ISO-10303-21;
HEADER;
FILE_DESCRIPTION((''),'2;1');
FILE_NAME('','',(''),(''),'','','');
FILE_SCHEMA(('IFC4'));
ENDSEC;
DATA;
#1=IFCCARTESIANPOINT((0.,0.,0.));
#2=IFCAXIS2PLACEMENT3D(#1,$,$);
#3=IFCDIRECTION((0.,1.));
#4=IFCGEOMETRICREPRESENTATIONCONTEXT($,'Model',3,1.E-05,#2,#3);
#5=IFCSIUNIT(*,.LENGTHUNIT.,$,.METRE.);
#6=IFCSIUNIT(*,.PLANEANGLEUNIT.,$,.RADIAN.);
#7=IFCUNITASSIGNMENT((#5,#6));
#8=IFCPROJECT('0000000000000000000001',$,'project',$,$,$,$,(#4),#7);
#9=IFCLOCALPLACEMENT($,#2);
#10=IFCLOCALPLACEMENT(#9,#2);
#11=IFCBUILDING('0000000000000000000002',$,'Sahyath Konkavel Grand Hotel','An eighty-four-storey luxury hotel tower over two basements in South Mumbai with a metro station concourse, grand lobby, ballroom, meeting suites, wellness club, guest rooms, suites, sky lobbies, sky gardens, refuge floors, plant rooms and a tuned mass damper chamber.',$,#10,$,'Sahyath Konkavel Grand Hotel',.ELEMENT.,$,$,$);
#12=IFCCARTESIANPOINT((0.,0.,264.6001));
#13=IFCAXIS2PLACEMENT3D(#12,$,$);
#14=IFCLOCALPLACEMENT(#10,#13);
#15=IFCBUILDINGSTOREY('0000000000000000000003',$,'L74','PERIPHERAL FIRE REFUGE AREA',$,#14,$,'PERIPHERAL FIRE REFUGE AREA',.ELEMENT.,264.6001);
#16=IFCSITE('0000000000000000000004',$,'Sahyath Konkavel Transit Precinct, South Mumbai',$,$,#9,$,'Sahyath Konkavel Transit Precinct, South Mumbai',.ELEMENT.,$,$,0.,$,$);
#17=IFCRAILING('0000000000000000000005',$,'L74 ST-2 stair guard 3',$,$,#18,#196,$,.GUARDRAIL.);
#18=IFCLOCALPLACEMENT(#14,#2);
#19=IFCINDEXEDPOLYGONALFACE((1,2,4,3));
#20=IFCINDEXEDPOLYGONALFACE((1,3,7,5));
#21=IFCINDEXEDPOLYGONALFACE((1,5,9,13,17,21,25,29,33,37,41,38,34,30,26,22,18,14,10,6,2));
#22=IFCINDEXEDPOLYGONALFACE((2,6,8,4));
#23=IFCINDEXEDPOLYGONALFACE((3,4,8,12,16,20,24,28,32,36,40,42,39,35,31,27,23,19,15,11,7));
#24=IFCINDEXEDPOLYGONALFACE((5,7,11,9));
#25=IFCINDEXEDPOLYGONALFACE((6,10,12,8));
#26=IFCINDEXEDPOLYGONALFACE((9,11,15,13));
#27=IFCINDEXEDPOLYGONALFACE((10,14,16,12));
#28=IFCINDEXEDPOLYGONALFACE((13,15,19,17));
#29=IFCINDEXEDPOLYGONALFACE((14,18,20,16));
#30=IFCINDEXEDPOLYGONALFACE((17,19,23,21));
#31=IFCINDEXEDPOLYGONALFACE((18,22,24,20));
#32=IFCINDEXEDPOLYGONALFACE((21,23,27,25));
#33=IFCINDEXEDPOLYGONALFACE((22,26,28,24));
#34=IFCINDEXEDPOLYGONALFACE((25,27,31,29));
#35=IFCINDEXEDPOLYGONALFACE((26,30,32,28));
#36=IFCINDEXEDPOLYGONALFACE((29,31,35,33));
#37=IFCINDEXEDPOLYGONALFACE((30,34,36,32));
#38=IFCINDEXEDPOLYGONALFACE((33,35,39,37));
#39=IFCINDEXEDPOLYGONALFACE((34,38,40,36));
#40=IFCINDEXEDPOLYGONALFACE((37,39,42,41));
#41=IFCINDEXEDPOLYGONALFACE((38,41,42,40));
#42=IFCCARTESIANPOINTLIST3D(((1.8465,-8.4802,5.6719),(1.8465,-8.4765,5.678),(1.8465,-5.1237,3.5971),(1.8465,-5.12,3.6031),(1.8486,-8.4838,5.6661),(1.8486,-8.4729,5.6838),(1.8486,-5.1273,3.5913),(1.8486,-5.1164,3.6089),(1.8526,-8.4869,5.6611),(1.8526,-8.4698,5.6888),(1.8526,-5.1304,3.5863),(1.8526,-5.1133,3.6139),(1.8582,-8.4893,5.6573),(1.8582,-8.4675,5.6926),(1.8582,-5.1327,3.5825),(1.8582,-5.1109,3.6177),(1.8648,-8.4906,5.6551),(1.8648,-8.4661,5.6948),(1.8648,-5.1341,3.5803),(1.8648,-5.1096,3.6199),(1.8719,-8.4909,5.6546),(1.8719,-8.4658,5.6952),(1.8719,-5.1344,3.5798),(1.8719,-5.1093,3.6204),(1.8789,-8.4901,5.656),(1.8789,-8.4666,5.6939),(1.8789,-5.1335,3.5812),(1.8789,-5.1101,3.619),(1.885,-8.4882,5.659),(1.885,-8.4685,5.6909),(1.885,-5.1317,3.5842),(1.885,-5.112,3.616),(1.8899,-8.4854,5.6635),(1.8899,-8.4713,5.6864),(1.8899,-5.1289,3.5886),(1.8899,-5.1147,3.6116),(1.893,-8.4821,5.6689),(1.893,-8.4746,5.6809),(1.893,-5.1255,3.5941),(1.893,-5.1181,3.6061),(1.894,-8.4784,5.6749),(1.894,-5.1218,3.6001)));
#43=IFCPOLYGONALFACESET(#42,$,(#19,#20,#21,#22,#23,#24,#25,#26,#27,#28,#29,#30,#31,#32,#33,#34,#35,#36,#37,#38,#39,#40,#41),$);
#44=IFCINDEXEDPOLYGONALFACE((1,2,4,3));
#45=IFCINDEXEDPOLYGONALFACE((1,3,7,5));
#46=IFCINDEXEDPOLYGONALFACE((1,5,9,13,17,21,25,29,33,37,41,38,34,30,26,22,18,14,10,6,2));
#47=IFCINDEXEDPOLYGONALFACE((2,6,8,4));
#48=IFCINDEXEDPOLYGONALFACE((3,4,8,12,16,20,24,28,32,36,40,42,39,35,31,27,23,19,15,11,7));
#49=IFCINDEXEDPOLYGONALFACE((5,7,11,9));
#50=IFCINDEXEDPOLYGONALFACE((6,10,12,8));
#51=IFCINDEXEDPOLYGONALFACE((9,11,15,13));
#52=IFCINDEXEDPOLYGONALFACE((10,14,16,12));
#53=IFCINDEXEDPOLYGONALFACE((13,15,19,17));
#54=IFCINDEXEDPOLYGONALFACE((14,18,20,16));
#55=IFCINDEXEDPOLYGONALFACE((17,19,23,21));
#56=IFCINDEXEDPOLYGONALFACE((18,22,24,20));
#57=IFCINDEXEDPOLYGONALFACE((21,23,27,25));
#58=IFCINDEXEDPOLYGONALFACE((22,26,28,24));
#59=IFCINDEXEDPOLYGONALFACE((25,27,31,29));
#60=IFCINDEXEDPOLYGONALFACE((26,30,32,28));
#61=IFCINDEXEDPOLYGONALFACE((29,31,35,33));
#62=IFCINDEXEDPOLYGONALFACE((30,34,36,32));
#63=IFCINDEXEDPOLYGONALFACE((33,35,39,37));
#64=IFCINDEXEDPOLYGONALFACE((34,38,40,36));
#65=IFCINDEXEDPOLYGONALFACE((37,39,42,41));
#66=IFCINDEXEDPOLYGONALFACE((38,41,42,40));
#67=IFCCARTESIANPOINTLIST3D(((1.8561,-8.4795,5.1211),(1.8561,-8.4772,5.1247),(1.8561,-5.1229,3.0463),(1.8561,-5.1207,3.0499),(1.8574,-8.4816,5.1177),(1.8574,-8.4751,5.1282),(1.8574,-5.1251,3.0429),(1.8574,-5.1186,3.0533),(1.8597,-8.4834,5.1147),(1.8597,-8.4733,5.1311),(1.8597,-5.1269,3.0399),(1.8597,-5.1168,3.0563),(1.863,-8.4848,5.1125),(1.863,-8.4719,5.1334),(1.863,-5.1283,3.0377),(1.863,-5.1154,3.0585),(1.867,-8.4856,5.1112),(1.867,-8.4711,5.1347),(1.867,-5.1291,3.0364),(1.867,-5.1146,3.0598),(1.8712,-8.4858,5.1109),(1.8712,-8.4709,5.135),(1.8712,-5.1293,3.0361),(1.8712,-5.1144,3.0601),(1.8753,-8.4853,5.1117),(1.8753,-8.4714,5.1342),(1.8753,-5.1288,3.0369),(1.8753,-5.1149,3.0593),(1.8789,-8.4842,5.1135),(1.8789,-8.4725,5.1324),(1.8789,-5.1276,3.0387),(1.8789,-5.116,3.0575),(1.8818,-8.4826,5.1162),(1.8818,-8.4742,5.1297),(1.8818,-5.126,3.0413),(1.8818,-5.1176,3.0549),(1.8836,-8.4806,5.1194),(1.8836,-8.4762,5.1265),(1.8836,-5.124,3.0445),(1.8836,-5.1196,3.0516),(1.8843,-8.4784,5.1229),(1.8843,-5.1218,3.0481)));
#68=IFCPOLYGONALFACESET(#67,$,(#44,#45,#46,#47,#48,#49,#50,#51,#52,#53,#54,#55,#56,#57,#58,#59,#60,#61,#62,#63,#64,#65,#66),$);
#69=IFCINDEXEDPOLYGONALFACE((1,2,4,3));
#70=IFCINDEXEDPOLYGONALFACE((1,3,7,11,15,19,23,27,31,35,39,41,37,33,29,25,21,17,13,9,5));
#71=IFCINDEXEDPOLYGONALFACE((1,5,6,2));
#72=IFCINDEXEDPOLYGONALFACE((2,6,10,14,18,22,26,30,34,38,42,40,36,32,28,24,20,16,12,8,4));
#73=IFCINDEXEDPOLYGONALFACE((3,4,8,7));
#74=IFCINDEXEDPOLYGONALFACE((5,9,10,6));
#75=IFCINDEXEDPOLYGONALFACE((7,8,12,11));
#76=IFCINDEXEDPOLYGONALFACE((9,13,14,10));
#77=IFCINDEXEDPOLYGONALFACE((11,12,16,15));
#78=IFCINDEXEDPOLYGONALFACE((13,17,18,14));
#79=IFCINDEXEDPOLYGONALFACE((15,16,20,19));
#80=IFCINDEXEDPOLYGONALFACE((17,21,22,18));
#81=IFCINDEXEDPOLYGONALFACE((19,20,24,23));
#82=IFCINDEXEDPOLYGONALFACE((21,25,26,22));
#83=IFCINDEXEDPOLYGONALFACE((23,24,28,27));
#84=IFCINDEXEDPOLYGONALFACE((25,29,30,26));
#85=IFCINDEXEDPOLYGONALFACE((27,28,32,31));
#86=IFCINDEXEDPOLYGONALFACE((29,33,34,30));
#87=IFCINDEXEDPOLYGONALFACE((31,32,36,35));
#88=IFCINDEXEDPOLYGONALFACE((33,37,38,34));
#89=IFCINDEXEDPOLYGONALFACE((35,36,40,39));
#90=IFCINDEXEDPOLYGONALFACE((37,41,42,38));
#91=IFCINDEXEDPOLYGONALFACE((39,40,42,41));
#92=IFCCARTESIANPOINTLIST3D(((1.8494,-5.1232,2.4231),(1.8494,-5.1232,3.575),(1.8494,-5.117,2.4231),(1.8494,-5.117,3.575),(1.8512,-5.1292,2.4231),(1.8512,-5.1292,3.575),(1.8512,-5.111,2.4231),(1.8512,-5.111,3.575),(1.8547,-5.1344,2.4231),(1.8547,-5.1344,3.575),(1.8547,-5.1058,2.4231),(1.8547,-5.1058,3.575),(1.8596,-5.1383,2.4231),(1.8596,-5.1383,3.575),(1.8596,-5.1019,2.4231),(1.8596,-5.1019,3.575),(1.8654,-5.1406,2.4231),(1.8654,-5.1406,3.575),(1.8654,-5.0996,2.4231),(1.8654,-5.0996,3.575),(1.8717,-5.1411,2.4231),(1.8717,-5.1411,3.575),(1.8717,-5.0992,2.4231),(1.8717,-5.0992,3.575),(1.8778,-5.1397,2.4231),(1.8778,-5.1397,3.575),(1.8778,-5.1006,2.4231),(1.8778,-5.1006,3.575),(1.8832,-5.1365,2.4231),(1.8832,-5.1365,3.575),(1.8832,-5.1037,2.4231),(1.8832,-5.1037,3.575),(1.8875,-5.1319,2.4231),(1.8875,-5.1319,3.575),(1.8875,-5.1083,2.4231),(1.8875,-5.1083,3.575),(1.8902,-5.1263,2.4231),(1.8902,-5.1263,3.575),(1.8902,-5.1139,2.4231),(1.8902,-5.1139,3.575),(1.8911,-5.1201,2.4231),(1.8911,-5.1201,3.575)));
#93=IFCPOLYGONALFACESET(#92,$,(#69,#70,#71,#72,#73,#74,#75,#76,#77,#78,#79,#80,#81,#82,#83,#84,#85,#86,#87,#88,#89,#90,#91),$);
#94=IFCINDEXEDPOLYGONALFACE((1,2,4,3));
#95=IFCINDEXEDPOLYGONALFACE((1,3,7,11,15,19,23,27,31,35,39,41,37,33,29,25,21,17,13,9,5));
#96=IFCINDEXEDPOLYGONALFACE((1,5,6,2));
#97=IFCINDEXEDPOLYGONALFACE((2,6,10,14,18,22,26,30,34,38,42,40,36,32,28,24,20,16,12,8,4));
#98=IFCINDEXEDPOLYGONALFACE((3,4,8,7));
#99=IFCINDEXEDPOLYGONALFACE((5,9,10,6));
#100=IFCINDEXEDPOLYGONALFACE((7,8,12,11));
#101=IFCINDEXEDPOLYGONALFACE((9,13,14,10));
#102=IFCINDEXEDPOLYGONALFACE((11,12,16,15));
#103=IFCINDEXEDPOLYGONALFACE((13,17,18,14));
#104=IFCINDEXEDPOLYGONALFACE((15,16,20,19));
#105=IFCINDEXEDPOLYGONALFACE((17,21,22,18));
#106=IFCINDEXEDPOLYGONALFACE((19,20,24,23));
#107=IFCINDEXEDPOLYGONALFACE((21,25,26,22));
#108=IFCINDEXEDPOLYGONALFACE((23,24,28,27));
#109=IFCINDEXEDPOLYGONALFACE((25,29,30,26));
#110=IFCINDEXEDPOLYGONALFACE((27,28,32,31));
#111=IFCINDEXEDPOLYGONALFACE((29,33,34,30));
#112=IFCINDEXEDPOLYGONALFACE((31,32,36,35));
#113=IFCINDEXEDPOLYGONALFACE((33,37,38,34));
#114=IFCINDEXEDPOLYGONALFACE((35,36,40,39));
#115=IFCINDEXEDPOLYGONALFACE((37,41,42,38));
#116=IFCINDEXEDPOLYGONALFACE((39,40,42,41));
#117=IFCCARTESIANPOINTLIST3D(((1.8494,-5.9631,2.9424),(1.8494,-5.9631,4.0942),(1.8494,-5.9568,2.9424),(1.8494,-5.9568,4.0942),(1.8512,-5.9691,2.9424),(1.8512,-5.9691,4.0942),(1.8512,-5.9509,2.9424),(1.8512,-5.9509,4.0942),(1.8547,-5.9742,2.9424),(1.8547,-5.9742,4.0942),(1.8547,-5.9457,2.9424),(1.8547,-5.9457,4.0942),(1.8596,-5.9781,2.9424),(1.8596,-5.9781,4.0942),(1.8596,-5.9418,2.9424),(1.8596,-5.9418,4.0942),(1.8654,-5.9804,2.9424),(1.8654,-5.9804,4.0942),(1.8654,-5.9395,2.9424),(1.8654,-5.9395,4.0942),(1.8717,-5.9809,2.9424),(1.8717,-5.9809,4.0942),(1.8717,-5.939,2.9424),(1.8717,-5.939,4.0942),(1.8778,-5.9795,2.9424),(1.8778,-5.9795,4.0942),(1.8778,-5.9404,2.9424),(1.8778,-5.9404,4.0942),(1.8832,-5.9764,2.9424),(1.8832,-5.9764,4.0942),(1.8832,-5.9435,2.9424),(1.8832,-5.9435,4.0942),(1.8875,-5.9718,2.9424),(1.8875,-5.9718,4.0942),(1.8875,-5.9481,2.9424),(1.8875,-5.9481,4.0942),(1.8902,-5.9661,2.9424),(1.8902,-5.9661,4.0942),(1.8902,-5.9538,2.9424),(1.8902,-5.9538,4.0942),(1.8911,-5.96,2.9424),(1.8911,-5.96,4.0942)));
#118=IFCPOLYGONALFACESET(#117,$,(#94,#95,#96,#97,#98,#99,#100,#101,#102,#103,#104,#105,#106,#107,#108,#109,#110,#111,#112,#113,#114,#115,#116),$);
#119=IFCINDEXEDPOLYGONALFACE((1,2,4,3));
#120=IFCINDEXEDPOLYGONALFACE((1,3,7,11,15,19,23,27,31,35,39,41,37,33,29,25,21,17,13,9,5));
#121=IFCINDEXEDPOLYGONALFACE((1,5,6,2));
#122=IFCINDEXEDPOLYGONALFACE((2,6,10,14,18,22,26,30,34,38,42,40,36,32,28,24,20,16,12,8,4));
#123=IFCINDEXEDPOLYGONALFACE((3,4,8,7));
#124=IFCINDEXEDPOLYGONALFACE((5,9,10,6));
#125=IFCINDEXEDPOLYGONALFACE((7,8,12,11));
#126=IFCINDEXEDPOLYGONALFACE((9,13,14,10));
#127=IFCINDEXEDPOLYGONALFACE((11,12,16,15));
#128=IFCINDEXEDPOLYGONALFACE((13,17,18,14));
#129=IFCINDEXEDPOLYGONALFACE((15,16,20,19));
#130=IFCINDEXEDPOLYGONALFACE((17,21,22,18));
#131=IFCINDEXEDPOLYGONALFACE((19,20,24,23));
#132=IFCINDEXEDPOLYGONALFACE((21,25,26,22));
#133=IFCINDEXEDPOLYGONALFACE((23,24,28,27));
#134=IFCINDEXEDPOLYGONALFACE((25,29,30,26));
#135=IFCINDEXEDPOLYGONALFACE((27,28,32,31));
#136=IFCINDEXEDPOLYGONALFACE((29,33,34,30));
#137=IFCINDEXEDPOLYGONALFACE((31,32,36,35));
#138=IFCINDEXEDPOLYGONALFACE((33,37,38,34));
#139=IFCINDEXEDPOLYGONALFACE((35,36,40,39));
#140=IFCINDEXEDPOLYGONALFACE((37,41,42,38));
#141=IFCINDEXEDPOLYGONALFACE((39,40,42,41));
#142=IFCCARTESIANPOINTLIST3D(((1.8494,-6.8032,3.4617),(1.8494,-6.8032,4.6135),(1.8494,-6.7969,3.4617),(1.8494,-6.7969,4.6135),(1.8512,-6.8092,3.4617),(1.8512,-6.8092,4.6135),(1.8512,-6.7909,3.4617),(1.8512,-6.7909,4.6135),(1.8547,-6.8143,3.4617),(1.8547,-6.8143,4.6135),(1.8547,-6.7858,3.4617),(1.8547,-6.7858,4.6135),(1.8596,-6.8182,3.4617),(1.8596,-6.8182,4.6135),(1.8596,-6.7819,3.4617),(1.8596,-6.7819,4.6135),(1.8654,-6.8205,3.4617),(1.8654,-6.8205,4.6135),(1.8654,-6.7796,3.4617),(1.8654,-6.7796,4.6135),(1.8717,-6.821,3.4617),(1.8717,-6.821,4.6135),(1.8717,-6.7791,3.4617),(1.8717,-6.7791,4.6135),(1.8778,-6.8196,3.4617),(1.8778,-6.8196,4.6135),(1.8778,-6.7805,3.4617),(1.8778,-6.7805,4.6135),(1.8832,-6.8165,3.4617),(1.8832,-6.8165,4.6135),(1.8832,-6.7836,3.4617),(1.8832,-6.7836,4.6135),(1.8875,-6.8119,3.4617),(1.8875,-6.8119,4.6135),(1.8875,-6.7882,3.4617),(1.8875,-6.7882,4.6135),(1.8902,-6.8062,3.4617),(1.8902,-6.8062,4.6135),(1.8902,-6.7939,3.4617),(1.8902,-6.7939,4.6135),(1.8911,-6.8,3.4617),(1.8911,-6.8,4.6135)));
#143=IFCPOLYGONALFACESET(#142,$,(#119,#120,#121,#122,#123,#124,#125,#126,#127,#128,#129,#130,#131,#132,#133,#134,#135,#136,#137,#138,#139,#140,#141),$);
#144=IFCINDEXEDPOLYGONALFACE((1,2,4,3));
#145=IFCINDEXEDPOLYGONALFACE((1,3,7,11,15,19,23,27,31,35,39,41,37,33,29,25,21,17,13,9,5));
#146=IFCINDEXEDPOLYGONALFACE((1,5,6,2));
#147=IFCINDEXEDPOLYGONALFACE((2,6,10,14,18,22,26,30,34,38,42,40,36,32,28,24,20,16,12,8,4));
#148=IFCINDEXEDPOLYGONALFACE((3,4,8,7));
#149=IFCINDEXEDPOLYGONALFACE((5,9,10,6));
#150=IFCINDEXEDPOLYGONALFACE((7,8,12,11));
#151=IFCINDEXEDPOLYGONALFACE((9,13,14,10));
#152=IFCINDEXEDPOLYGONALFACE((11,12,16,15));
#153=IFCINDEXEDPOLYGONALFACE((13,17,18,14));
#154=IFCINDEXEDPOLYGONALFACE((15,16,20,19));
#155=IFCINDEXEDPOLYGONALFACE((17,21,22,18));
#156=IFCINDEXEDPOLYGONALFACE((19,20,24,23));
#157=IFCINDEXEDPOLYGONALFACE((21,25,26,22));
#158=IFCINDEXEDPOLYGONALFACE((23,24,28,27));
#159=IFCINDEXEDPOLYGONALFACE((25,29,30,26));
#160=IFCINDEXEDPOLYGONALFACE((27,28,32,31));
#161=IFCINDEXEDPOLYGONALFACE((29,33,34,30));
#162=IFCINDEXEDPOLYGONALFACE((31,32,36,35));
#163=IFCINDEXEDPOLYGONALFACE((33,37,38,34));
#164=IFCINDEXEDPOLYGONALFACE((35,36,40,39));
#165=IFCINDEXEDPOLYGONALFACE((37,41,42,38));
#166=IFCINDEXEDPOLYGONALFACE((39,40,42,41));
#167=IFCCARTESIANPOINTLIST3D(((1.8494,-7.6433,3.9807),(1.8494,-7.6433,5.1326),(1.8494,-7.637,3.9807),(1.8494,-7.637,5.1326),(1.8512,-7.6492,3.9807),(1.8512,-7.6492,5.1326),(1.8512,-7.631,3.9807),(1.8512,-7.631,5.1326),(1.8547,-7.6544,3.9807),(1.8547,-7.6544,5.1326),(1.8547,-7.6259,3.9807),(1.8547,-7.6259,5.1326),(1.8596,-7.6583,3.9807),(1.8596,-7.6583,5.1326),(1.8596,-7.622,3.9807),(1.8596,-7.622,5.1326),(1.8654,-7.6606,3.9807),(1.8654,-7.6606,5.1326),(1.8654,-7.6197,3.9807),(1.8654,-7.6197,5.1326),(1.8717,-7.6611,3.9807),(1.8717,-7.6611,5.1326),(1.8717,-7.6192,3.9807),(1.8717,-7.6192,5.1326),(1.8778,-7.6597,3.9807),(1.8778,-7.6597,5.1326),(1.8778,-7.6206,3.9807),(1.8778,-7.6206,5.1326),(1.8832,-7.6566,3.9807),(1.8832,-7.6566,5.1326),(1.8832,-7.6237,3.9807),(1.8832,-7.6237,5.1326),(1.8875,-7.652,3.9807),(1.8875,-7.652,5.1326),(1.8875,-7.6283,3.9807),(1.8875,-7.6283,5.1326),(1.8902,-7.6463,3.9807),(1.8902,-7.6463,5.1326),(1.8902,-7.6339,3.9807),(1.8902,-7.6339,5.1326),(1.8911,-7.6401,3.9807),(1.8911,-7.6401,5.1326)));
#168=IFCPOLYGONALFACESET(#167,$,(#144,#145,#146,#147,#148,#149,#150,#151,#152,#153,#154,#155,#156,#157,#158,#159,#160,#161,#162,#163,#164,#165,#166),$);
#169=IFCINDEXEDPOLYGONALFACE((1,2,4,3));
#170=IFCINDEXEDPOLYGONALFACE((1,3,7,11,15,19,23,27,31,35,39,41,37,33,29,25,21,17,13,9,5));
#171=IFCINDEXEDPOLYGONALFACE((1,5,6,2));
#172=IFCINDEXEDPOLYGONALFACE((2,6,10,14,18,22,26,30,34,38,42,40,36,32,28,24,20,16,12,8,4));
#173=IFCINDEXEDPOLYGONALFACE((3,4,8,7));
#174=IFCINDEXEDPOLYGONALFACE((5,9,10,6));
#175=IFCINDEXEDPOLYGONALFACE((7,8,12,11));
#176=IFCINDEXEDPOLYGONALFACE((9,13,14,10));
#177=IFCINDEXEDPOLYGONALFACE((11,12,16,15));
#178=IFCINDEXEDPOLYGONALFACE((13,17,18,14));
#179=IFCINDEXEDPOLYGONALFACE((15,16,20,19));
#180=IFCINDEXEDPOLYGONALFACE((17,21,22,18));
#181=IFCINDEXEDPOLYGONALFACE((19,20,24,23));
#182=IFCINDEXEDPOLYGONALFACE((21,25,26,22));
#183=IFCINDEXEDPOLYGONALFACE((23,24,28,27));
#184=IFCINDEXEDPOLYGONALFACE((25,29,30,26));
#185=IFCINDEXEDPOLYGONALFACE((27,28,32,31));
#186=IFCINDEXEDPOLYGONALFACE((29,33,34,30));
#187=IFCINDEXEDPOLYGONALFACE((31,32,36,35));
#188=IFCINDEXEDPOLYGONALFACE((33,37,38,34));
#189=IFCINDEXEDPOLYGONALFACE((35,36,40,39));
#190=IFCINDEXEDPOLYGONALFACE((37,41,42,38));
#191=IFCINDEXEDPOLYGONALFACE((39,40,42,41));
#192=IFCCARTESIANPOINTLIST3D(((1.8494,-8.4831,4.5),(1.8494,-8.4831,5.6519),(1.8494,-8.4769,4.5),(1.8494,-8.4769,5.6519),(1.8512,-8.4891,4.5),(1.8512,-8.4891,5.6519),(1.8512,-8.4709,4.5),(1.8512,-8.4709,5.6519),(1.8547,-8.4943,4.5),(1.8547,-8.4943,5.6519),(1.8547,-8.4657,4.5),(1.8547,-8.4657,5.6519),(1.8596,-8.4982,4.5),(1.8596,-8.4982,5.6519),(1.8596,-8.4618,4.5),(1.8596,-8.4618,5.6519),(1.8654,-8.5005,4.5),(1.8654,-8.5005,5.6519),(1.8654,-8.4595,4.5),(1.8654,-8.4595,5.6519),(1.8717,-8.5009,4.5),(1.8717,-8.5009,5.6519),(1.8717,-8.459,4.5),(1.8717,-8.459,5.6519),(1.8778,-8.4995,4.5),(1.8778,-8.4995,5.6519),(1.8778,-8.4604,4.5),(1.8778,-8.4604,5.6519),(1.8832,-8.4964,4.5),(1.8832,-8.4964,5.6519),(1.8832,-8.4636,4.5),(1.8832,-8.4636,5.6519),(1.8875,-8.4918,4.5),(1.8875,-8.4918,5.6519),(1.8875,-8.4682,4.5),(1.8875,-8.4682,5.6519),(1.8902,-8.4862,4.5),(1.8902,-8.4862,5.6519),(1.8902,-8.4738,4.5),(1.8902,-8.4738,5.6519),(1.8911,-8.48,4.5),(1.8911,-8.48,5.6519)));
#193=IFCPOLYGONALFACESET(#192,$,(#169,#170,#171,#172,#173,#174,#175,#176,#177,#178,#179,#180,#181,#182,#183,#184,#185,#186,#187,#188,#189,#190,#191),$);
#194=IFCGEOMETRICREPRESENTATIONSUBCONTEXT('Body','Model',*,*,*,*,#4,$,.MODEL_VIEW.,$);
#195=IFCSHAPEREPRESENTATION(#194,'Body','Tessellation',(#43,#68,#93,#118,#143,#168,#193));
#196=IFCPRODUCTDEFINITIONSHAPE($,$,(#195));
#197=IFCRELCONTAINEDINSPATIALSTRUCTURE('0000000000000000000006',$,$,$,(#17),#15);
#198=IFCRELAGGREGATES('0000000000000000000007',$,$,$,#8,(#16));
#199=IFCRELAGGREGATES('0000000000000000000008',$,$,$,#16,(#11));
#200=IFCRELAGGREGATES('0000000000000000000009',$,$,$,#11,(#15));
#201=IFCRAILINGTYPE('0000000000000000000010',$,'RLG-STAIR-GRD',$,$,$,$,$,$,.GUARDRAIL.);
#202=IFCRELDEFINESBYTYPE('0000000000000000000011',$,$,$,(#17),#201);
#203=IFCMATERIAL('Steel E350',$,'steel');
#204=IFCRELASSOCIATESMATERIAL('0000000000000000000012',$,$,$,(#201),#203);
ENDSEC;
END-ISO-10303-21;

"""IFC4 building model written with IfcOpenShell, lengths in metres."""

from ifc_helpers import new_model, si_unit, direction, frame, origin, origin_2d, place, context, subcontext, project, spatial, circle, extrude, material, type_object, element, save


model = new_model("IFC4")

# Units and contexts
model_context = context("Model", 3, precision=1e-05, world=origin(), true_north=direction((0.0, 1.0)))
body_context = subcontext(model_context, "Body", "Model", "MODEL_VIEW")
ifc_project = project(units=[si_unit("LENGTHUNIT", "METRE"), si_unit("PLANEANGLEUNIT", "RADIAN")], contexts=[model_context])

# Site, building, storey
site_placement = place(None, origin())
site = spatial("IfcSite", under=ifc_project, at=site_placement, Name="Sahyath Konkavel Transit Precinct, South Mumbai", LongName="Sahyath Konkavel Transit Precinct, South Mumbai", CompositionType="ELEMENT", RefElevation=0.0)
building_placement = place(site_placement, origin())
building = spatial("IfcBuilding", under=site, at=building_placement, Name="Sahyath Konkavel Grand Hotel", Description="An eighty-four-storey luxury hotel tower over two basements in South Mumbai with a metro station concourse, grand lobby, ballroom, meeting suites, wellness club, guest rooms, suites, sky lobbies, sky gardens, refuge floors, plant rooms and a tuned mass damper chamber.", LongName="Sahyath Konkavel Grand Hotel", CompositionType="ELEMENT")
storey_placement = place(building_placement, frame((0.0, 0.0, 264.6001)))
storey = spatial("IfcBuildingStorey", under=building, at=storey_placement, Name="L74", Description="PERIPHERAL FIRE REFUGE AREA", LongName="PERIPHERAL FIRE REFUGE AREA", CompositionType="ELEMENT", Elevation=264.6001)

# Shared definitions
ifc_material_1 = material(Name="Steel E350", Category="steel")

# Railing
railing_type_1 = type_object("IfcRailingType", Name="RLG-STAIR-GRD", PredefinedType="GUARDRAIL", material=ifc_material_1)
railing_1_placement = place(storey_placement, frame((1.8701, -5.1201, 2.4231)))
element("IfcRailing", 1, at=railing_1_placement, inside=storey, type_object=railing_type_1, Name="L74 ST-2 stair guard 3", PredefinedType="GUARDRAIL", context=body_context, shape_type="SweptSolid", body=[
    extrude(circle(Radius=0.0239, at=origin_2d()), frame((0.0, -0.0017, 1.177), z_axis=(0.0, -0.850606, 0.525803), x_axis=(1.0, 0.0, 0.0)), (0.0, 0.0, 1.0), 3.946),
    extrude(circle(Radius=0.0142, at=origin_2d()), frame((0.0, -0.0017, 0.625), z_axis=(0.0, -0.850606, 0.525803), x_axis=(1.0, 0.0, 0.0)), (0.0, 0.0, 1.0), 3.946),
    extrude(circle(Radius=0.021, at=origin_2d()), origin(), (0.0, 0.0, 1.0), 1.1519),
    extrude(circle(Radius=0.021, at=origin_2d()), frame((0.0, -0.8398, 0.5193)), (0.0, 0.0, 1.0), 1.1519),
    extrude(circle(Radius=0.021, at=origin_2d()), frame((0.0, -1.6799, 1.0386)), (0.0, 0.0, 1.0), 1.1519),
    extrude(circle(Radius=0.021, at=origin_2d()), frame((0.0, -2.52, 1.5576)), (0.0, 0.0, 1.0), 1.1519),
    extrude(circle(Radius=0.021, at=origin_2d()), frame((0.0, -3.3599, 2.0769)), (0.0, 0.0, 1.0), 1.1519),
])

save(model, "model.ifc")
